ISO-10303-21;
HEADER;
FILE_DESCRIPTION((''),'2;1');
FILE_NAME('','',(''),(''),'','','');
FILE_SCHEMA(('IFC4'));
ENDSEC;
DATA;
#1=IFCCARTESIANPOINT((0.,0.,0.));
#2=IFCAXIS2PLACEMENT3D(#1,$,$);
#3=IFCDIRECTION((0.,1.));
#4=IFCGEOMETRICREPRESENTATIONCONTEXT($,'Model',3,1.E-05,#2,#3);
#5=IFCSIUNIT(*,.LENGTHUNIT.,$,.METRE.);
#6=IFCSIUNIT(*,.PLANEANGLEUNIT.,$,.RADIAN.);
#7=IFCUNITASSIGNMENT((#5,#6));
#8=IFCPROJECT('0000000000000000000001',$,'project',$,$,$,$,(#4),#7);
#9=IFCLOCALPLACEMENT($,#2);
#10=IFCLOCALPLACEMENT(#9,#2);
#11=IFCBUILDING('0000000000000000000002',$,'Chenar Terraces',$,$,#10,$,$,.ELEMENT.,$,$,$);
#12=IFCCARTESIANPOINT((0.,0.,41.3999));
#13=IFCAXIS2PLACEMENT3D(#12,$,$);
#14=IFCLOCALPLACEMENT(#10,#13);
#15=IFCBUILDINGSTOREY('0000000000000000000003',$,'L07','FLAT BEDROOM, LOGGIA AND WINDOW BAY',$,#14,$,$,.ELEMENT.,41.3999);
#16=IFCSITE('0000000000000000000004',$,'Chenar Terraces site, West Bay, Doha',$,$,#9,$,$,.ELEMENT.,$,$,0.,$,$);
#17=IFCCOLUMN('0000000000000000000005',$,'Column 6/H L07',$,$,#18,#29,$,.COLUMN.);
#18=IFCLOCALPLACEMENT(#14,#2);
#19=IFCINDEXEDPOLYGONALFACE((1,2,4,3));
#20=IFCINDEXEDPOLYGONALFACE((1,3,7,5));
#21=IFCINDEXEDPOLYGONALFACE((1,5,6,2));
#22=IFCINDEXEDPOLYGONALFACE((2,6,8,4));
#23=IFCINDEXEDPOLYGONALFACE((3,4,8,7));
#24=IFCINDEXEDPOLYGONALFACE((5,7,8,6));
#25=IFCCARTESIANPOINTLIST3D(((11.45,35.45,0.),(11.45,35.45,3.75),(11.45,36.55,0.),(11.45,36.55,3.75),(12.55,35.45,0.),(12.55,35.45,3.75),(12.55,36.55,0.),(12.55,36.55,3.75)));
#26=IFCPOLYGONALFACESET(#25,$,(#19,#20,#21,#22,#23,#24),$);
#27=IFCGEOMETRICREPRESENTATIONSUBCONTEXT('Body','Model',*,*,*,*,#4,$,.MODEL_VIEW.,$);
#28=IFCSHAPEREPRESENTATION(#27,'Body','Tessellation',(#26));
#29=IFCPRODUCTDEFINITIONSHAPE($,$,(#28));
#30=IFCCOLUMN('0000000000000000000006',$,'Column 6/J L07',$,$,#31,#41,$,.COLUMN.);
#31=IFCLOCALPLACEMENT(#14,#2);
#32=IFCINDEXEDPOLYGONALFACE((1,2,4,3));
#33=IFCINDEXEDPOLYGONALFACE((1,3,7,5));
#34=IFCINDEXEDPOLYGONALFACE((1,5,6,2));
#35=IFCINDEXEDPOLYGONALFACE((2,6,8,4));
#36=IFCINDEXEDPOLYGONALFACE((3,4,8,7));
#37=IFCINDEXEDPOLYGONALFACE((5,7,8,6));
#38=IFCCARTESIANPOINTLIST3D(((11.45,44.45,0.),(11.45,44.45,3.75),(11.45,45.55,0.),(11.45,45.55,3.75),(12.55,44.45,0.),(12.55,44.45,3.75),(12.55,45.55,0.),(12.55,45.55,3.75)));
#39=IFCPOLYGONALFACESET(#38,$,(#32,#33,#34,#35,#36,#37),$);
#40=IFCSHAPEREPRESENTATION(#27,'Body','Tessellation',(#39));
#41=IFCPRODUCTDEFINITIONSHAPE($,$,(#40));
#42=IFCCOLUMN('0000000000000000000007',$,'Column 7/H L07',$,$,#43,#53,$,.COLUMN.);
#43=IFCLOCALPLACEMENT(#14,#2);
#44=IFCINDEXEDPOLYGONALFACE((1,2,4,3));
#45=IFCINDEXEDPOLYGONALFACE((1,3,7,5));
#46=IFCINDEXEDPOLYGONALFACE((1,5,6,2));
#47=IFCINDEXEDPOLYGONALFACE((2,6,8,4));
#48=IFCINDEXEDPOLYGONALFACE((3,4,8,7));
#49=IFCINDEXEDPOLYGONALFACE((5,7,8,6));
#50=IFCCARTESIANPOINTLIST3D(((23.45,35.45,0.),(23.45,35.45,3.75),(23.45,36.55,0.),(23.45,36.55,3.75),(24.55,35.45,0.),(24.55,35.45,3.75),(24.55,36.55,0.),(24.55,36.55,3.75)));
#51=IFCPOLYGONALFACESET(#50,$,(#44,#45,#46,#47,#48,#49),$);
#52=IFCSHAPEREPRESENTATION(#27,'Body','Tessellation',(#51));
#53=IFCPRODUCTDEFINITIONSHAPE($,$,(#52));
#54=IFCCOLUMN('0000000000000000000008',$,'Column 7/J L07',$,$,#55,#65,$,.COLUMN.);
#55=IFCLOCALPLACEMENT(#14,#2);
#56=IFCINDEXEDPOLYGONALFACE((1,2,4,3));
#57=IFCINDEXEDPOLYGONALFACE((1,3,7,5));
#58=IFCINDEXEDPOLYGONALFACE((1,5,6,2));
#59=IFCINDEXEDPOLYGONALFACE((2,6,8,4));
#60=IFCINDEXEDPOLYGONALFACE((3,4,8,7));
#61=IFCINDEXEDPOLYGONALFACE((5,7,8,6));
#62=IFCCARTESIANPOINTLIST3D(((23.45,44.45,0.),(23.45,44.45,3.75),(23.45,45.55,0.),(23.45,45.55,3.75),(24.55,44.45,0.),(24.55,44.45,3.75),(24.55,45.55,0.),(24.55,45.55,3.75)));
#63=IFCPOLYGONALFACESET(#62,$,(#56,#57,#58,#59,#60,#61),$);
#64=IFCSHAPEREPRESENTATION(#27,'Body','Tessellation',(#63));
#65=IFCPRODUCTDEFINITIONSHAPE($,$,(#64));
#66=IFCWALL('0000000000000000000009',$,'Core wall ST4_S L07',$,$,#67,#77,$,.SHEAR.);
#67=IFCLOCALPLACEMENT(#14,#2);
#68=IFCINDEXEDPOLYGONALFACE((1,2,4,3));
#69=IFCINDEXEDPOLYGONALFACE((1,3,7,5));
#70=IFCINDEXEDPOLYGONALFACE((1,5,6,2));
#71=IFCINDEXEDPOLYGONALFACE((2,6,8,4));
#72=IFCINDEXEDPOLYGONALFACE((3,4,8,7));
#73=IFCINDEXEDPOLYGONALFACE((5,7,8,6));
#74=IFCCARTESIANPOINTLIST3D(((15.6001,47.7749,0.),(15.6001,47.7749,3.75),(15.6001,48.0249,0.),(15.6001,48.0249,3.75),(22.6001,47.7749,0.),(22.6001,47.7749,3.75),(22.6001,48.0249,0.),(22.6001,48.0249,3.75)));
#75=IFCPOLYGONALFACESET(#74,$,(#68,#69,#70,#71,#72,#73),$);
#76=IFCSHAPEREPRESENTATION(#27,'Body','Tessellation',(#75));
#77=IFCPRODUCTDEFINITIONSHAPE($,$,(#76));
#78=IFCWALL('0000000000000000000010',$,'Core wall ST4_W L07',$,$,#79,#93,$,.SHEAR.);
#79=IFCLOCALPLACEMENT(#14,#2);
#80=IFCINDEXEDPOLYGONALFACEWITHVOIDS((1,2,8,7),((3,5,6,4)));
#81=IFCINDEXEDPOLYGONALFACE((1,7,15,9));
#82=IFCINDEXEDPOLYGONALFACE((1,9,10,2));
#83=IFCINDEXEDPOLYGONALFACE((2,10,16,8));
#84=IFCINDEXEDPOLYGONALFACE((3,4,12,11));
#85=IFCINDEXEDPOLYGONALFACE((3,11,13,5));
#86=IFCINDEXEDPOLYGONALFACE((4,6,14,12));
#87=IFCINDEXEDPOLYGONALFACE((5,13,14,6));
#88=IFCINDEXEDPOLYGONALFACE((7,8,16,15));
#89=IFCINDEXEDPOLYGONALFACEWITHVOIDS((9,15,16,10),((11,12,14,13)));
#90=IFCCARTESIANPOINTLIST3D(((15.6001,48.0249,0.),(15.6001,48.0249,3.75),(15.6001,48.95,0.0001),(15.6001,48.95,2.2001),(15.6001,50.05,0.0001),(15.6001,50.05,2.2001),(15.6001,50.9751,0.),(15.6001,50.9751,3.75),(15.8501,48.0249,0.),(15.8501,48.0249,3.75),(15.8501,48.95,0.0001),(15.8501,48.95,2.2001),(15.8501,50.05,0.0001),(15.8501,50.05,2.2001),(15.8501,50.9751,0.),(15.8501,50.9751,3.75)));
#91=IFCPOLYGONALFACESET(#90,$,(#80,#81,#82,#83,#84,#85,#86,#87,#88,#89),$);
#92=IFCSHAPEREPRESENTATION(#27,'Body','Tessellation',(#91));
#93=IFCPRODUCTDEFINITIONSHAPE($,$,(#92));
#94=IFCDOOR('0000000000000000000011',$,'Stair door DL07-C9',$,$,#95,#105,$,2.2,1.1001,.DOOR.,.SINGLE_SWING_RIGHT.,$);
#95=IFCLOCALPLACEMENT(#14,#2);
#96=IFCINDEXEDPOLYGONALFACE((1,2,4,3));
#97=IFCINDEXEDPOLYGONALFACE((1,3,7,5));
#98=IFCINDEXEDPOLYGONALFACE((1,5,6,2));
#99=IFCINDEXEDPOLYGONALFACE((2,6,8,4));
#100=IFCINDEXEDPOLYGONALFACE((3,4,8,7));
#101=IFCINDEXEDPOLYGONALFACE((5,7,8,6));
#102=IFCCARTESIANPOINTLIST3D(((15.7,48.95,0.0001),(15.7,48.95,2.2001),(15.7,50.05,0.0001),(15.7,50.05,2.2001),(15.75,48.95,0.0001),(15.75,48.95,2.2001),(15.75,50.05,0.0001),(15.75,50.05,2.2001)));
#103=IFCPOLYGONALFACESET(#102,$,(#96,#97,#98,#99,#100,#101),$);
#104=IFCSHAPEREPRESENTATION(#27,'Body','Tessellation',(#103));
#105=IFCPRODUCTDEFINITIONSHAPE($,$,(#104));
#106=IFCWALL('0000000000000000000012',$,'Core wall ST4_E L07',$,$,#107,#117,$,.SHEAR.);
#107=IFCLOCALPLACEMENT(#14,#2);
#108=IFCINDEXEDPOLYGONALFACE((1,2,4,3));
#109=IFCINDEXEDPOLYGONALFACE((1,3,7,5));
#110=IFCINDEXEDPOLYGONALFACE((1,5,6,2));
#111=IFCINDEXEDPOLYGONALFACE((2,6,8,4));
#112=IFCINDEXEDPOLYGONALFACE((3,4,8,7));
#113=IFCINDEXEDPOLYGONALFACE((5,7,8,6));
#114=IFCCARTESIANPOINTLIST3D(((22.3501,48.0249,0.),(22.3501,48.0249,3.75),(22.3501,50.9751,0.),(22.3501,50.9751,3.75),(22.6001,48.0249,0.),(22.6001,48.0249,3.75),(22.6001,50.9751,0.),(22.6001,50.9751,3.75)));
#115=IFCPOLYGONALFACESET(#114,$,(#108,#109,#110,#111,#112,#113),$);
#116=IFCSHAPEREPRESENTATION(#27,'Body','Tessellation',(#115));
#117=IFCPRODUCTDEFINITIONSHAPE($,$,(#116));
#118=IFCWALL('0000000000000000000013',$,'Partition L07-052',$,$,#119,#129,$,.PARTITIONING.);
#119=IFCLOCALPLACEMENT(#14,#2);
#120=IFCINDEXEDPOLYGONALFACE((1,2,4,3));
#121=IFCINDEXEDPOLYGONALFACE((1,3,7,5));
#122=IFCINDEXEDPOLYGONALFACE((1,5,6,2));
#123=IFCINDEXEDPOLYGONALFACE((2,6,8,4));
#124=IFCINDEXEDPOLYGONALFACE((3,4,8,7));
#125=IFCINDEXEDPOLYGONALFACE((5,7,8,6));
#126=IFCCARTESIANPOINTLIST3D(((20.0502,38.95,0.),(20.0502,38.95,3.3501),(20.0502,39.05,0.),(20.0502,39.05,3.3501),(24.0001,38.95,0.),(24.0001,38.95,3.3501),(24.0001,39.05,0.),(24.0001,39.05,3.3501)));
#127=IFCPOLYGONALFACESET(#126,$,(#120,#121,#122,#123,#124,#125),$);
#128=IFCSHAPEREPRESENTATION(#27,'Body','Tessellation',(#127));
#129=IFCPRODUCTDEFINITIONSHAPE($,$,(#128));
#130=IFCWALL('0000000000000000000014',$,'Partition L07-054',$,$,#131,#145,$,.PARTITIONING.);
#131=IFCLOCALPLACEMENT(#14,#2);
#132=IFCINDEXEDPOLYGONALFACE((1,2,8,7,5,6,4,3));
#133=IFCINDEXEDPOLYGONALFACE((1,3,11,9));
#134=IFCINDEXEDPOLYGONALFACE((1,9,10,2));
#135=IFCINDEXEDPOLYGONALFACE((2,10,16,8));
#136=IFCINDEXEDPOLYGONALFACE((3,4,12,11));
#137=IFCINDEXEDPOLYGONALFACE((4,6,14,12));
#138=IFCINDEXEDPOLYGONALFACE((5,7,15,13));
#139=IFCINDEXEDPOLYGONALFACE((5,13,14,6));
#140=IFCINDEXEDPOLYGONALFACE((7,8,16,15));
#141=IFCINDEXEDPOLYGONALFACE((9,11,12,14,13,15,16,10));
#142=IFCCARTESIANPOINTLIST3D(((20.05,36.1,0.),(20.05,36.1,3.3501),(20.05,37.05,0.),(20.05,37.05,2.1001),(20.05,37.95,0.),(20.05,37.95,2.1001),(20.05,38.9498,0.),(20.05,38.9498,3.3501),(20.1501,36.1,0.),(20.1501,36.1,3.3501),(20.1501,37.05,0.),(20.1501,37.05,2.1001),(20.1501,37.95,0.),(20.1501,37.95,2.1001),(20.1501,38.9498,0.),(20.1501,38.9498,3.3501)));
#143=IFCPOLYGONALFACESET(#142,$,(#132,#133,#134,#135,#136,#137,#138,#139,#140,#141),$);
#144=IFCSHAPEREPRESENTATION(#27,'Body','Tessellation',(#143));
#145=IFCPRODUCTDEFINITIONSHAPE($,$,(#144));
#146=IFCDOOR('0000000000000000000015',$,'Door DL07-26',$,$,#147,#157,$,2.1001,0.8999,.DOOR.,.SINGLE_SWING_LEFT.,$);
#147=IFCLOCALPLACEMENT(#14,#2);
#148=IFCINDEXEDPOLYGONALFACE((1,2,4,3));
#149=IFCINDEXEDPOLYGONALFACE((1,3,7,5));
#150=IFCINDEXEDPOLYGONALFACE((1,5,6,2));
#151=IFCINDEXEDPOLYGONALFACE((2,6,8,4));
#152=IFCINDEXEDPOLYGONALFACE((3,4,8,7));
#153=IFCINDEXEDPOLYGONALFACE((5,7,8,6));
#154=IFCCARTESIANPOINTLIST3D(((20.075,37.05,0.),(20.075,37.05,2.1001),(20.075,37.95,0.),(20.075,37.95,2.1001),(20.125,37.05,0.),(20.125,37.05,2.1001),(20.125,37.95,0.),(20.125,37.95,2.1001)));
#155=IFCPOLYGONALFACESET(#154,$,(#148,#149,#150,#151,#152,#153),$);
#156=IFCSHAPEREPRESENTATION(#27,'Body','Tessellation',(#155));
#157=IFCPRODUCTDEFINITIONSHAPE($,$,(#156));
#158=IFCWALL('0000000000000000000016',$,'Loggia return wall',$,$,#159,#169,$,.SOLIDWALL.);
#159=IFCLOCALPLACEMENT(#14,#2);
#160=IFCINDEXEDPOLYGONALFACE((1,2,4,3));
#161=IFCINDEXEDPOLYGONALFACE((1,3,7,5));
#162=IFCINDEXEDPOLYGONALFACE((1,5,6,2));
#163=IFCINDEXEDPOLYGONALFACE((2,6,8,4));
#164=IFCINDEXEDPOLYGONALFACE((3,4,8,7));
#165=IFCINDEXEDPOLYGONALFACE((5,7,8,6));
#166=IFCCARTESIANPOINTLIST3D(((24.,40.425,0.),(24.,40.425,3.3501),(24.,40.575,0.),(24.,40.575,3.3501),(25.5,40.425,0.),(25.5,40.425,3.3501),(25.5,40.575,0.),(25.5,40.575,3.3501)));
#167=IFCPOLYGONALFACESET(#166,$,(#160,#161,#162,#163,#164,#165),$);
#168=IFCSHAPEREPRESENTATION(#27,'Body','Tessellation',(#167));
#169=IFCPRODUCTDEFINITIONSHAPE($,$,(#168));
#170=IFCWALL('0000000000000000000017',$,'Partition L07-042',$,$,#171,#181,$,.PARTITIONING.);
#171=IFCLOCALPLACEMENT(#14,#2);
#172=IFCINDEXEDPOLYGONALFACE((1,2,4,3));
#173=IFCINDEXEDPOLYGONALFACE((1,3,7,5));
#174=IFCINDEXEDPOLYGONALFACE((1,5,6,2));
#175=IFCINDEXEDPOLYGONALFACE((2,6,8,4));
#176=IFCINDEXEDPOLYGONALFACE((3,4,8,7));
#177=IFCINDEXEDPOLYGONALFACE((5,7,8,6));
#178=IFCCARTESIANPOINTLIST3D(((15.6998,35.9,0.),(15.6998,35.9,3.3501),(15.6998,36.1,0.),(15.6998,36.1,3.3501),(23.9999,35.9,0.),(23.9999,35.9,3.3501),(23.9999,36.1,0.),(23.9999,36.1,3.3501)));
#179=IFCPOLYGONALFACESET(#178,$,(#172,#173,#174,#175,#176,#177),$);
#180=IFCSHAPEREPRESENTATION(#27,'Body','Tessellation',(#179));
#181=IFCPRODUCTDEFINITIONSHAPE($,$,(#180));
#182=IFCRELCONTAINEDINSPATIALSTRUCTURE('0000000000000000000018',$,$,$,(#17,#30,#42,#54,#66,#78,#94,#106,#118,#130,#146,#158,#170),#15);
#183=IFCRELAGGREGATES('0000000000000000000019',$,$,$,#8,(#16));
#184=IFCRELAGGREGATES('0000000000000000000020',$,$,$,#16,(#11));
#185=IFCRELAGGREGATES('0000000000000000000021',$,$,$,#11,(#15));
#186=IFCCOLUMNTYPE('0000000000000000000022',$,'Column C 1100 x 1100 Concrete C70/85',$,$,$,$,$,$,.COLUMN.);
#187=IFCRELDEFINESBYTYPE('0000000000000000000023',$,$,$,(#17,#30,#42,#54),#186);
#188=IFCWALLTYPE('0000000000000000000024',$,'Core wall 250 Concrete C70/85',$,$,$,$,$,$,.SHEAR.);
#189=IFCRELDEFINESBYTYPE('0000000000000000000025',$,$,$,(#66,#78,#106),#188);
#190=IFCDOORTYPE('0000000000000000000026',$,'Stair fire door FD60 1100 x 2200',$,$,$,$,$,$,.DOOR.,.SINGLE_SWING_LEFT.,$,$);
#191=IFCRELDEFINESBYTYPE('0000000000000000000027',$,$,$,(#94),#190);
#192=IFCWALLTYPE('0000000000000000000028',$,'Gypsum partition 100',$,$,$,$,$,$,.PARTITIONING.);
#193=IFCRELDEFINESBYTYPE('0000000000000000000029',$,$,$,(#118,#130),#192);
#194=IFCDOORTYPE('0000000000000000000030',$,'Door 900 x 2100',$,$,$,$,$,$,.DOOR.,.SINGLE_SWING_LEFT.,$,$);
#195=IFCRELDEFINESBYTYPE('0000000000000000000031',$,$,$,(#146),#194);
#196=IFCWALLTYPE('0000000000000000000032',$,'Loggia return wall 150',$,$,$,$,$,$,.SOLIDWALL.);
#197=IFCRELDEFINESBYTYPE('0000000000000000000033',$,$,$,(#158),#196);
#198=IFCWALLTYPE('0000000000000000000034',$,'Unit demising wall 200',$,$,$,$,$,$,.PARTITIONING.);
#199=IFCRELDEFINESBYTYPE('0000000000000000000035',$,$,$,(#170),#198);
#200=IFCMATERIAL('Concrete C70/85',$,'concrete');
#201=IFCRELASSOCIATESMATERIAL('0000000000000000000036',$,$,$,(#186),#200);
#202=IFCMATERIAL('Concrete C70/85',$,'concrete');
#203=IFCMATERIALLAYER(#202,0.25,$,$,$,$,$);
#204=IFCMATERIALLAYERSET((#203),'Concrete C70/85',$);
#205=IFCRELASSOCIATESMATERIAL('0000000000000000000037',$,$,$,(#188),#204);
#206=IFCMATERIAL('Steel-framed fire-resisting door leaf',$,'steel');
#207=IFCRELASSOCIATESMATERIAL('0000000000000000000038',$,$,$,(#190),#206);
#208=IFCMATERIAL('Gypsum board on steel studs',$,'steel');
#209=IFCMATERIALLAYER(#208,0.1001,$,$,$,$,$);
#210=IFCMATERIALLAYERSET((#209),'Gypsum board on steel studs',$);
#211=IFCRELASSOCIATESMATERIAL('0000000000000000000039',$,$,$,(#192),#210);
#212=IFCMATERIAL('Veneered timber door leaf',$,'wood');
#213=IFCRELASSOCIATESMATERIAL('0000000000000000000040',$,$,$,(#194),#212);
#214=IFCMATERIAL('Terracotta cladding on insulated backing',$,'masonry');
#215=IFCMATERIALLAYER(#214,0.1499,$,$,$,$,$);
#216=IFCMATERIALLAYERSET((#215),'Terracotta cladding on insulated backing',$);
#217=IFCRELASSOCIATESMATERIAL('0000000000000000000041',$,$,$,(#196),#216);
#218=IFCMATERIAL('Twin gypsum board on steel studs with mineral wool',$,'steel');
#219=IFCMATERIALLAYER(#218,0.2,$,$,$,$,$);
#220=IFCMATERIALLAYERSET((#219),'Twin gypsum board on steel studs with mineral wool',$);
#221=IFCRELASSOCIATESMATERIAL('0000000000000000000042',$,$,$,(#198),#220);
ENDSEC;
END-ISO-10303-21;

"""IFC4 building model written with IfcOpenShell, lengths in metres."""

from ifc_helpers import new_model, si_unit, direction, frame, frame_2d, origin, origin_2d, place, context, subcontext, project, spatial, rectangle, extrude, material, layer, layer_set, material_profile, profile_set, type_object, element, fill, save


model = new_model("IFC4")

# Units and contexts
model_context = context("Model", 3, precision=1e-05, world=origin(), true_north=direction((0.0, 1.0)))
body_context = subcontext(model_context, "Body", "Model", "MODEL_VIEW")
ifc_project = project(units=[si_unit("LENGTHUNIT", "METRE"), si_unit("PLANEANGLEUNIT", "RADIAN")], contexts=[model_context])

# Site, building, storey
site_placement = place(None, origin())
site = spatial("IfcSite", under=ifc_project, at=site_placement, Name="Chenar Terraces site, West Bay, Doha", CompositionType="ELEMENT", RefElevation=0.0)
building_placement = place(site_placement, origin())
building = spatial("IfcBuilding", under=site, at=building_placement, Name="Chenar Terraces", CompositionType="ELEMENT")
storey_placement = place(building_placement, frame((0.0, 0.0, 41.3999)))
storey = spatial("IfcBuildingStorey", under=building, at=storey_placement, Name="L07", Description="FLAT BEDROOM, LOGGIA AND WINDOW BAY", CompositionType="ELEMENT", Elevation=41.3999)

# Columns
ifc_material_1 = material(Name="Concrete C70/85", Category="concrete")
ifc_material_profile = material_profile(ifc_material_1, rectangle(XDim=1.1001, YDim=1.1001, at=origin_2d()), Name="C 1100 x 1100")
ifc_profile_set = profile_set([ifc_material_profile], Name="Concrete C70/85")
column_type = type_object("IfcColumnType", Name="Column C 1100 x 1100 Concrete C70/85", PredefinedType="COLUMN", material=ifc_profile_set)
for number, where, z_axis, x_axis, name in (
    (1, (12.0, 36.0, 0.0), (0.0, 0.0, 1.0), (1.0, 0.0, 0.0), "Column 6/H L07"),
    (2, (12.0, 45.0, 0.0), (0.0, 0.0, 1.0), (1.0, 0.0, 0.0), "Column 6/J L07"),
    (3, (24.0, 36.0, 0.0), (0.0, 0.0, 1.0), (1.0, 0.0, 0.0), "Column 7/H L07"),
    (4, (24.0, 45.0, 0.0), (0.0, 0.0, 1.0), (1.0, 0.0, 0.0), "Column 7/J L07"),
):
    element("IfcColumn", number, at=place(storey_placement, frame(where, z_axis=z_axis, x_axis=x_axis)), inside=storey, type_object=column_type, Name=name, PredefinedType="COLUMN", context=body_context, shape_type="SweptSolid", body=[
        extrude(rectangle(XDim=1.1001, YDim=1.1001, at=origin_2d()), origin(), (0.0, 0.0, 1.0), 3.75),
    ])

# Wall
ifc_material_2 = material(Name="Concrete C70/85", Category="concrete")
ifc_layer_1 = layer(ifc_material_2, 0.25)
ifc_layer_set_1 = layer_set([ifc_layer_1], Name="Concrete C70/85")
wall_type_1 = type_object("IfcWallType", Name="Core wall 250 Concrete C70/85", PredefinedType="SHEAR", material=ifc_layer_set_1)
wall_1_placement = place(storey_placement, frame((15.6001, 47.8999, 0.0), z_axis=(0.0, 0.0, 1.0), x_axis=(1.0, 0.0, 0.0)))
element("IfcWall", 5, at=wall_1_placement, inside=storey, type_object=wall_type_1, Name="Core wall ST4_S L07", PredefinedType="SHEAR", context=body_context, shape_type="SweptSolid", body=[
    extrude(rectangle(XDim=7.0, YDim=0.25, at=frame_2d((3.5, 0.0))), origin(), (0.0, 0.0, 1.0), 3.75),
])

# Wall, opening, door
wall_2_placement = place(storey_placement, frame((15.7251, 48.0249, 0.0), z_axis=(0.0, 0.0, 1.0), x_axis=(0.0, 1.0, 0.0)))
wall_2 = element("IfcWall", 6, at=wall_2_placement, inside=storey, type_object=wall_type_1, Name="Core wall ST4_W L07", PredefinedType="SHEAR", context=body_context, shape_type="SweptSolid", body=[
    extrude(rectangle(XDim=2.9502, YDim=0.25, at=frame_2d((1.4751, 0.0))), origin(), (0.0, 0.0, 1.0), 3.75),
])
opening_1_placement = place(wall_2_placement, frame((0.925, 0.0, 0.0)))
opening_1 = element("IfcOpeningElement", 7, at=opening_1_placement, cuts=wall_2, PredefinedType="OPENING", context=body_context, shape_type="SweptSolid", body=[
    extrude(rectangle(XDim=1.1001, YDim=2.2, at=frame_2d((0.55, 1.1001))), frame((0.0, 0.135, 0.0), z_axis=(0.0, -1.0, 0.0), x_axis=(1.0, 0.0, 0.0)), (0.0, 0.0, 1.0), 0.27),
])
ifc_material_3 = material(Name="Steel-framed fire-resisting door leaf", Category="steel")
door_type_1 = type_object("IfcDoorType", Name="Stair fire door FD60 1100 x 2200", OperationType="SINGLE_SWING_LEFT", PredefinedType="DOOR", material=ifc_material_3)
door_1_placement = place(opening_1_placement, frame((1.1001, 0.0, 0.0), z_axis=(0.0, 0.0, 1.0), x_axis=(-1.0, 0.0, 0.0)))
door_1 = element("IfcDoor", 8, at=door_1_placement, inside=storey, type_object=door_type_1, Name="Stair door DL07-C9", OperationType="SINGLE_SWING_RIGHT", OverallHeight=2.2, OverallWidth=1.1001, PredefinedType="DOOR", context=body_context, shape_type="SweptSolid", body=[
    extrude(rectangle(XDim=1.1001, YDim=2.2, at=frame_2d((0.55, 1.1001))), frame((0.0, 0.0249, 0.0), z_axis=(0.0, -1.0, 0.0), x_axis=(1.0, 0.0, 0.0)), (0.0, 0.0, 1.0), 0.05),
])
fill(opening_1, door_1)

# Wall
wall_3_placement = place(storey_placement, frame((22.4751, 48.0249, 0.0), z_axis=(0.0, 0.0, 1.0), x_axis=(0.0, 1.0, 0.0)))
element("IfcWall", 9, at=wall_3_placement, inside=storey, type_object=wall_type_1, Name="Core wall ST4_E L07", PredefinedType="SHEAR", context=body_context, shape_type="SweptSolid", body=[
    extrude(rectangle(XDim=2.9502, YDim=0.25, at=frame_2d((1.4751, 0.0))), origin(), (0.0, 0.0, 1.0), 3.75),
])

# Wall
ifc_material_4 = material(Name="Gypsum board on steel studs", Category="steel")
ifc_layer_2 = layer(ifc_material_4, 0.1001)
ifc_layer_set_2 = layer_set([ifc_layer_2], Name="Gypsum board on steel studs")
wall_type_2 = type_object("IfcWallType", Name="Gypsum partition 100", PredefinedType="PARTITIONING", material=ifc_layer_set_2)
wall_4_placement = place(storey_placement, frame((20.05, 39.0, 0.0), z_axis=(0.0, 0.0, 1.0), x_axis=(1.0, 0.0, 0.0)))
element("IfcWall", 10, at=wall_4_placement, inside=storey, type_object=wall_type_2, Name="Partition L07-052", PredefinedType="PARTITIONING", context=body_context, shape_type="SweptSolid", body=[
    extrude(rectangle(XDim=3.95, YDim=0.1001, at=frame_2d((1.9751, 0.0))), origin(), (0.0, 0.0, 1.0), 3.3501),
])

# Wall, opening, door
wall_5_placement = place(storey_placement, frame((20.1001, 36.1001, 0.0), z_axis=(0.0, 0.0, 1.0), x_axis=(0.0, 1.0, 0.0)))
wall_5 = element("IfcWall", 11, at=wall_5_placement, inside=storey, type_object=wall_type_2, Name="Partition L07-054", PredefinedType="PARTITIONING", context=body_context, shape_type="SweptSolid", body=[
    extrude(rectangle(XDim=2.8499, YDim=0.1001, at=frame_2d((1.4248, 0.0))), origin(), (0.0, 0.0, 1.0), 3.3501),
])
opening_2_placement = place(wall_5_placement, frame((0.95, 0.0, 0.0)))
opening_2 = element("IfcOpeningElement", 12, at=opening_2_placement, cuts=wall_5, PredefinedType="OPENING", context=body_context, shape_type="SweptSolid", body=[
    extrude(rectangle(XDim=0.8999, YDim=2.1001, at=frame_2d((0.45, 1.05))), frame((0.0, 0.0601, 0.0), z_axis=(0.0, -1.0, 0.0), x_axis=(1.0, 0.0, 0.0)), (0.0, 0.0, 1.0), 0.1201),
])
ifc_material_5 = material(Name="Veneered timber door leaf", Category="wood")
door_type_2 = type_object("IfcDoorType", Name="Door 900 x 2100", OperationType="SINGLE_SWING_LEFT", PredefinedType="DOOR", material=ifc_material_5)
door_2_placement = place(opening_2_placement, frame((0.8999, 0.0, 0.0), z_axis=(0.0, 0.0, 1.0), x_axis=(-1.0, 0.0, 0.0)))
door_2 = element("IfcDoor", 13, at=door_2_placement, inside=storey, type_object=door_type_2, Name="Door DL07-26", OperationType="SINGLE_SWING_LEFT", OverallHeight=2.1001, OverallWidth=0.8999, PredefinedType="DOOR", context=body_context, shape_type="SweptSolid", body=[
    extrude(rectangle(XDim=0.8999, YDim=2.1001, at=frame_2d((0.45, 1.05))), frame((0.0, 0.0249, 0.0), z_axis=(0.0, -1.0, 0.0), x_axis=(1.0, 0.0, 0.0)), (0.0, 0.0, 1.0), 0.05),
])
fill(opening_2, door_2)

# Walls
ifc_material_6 = material(Name="Terracotta cladding on insulated backing", Category="masonry")
ifc_layer_3 = layer(ifc_material_6, 0.1499)
ifc_layer_set_3 = layer_set([ifc_layer_3], Name="Terracotta cladding on insulated backing")
wall_type_3 = type_object("IfcWallType", Name="Loggia return wall 150", PredefinedType="SOLIDWALL", material=ifc_layer_set_3)
wall_6_placement = place(storey_placement, frame((25.5, 40.5, 0.0), z_axis=(0.0, 0.0, 1.0), x_axis=(-1.0, 0.0, 0.0)))
element("IfcWall", 14, at=wall_6_placement, inside=storey, type_object=wall_type_3, Name="Loggia return wall", PredefinedType="SOLIDWALL", context=body_context, shape_type="SweptSolid", body=[
    extrude(rectangle(XDim=1.5, YDim=0.1499, at=frame_2d((0.75, 0.0))), origin(), (0.0, 0.0, 1.0), 3.3501),
])
ifc_material_7 = material(Name="Twin gypsum board on steel studs with mineral wool", Category="steel")
ifc_layer_4 = layer(ifc_material_7, 0.2)
ifc_layer_set_4 = layer_set([ifc_layer_4], Name="Twin gypsum board on steel studs with mineral wool")
wall_type_4 = type_object("IfcWallType", Name="Unit demising wall 200", PredefinedType="PARTITIONING", material=ifc_layer_set_4)
wall_7_placement = place(storey_placement, frame((15.7, 36.0, 0.0), z_axis=(0.0, 0.0, 1.0), x_axis=(1.0, 0.0, 0.0)))
element("IfcWall", 15, at=wall_7_placement, inside=storey, type_object=wall_type_4, Name="Partition L07-042", PredefinedType="PARTITIONING", context=body_context, shape_type="SweptSolid", body=[
    extrude(rectangle(XDim=8.3, YDim=0.2, at=frame_2d((4.1499, 0.0))), origin(), (0.0, 0.0, 1.0), 3.3501),
])

save(model, "model.ifc")
